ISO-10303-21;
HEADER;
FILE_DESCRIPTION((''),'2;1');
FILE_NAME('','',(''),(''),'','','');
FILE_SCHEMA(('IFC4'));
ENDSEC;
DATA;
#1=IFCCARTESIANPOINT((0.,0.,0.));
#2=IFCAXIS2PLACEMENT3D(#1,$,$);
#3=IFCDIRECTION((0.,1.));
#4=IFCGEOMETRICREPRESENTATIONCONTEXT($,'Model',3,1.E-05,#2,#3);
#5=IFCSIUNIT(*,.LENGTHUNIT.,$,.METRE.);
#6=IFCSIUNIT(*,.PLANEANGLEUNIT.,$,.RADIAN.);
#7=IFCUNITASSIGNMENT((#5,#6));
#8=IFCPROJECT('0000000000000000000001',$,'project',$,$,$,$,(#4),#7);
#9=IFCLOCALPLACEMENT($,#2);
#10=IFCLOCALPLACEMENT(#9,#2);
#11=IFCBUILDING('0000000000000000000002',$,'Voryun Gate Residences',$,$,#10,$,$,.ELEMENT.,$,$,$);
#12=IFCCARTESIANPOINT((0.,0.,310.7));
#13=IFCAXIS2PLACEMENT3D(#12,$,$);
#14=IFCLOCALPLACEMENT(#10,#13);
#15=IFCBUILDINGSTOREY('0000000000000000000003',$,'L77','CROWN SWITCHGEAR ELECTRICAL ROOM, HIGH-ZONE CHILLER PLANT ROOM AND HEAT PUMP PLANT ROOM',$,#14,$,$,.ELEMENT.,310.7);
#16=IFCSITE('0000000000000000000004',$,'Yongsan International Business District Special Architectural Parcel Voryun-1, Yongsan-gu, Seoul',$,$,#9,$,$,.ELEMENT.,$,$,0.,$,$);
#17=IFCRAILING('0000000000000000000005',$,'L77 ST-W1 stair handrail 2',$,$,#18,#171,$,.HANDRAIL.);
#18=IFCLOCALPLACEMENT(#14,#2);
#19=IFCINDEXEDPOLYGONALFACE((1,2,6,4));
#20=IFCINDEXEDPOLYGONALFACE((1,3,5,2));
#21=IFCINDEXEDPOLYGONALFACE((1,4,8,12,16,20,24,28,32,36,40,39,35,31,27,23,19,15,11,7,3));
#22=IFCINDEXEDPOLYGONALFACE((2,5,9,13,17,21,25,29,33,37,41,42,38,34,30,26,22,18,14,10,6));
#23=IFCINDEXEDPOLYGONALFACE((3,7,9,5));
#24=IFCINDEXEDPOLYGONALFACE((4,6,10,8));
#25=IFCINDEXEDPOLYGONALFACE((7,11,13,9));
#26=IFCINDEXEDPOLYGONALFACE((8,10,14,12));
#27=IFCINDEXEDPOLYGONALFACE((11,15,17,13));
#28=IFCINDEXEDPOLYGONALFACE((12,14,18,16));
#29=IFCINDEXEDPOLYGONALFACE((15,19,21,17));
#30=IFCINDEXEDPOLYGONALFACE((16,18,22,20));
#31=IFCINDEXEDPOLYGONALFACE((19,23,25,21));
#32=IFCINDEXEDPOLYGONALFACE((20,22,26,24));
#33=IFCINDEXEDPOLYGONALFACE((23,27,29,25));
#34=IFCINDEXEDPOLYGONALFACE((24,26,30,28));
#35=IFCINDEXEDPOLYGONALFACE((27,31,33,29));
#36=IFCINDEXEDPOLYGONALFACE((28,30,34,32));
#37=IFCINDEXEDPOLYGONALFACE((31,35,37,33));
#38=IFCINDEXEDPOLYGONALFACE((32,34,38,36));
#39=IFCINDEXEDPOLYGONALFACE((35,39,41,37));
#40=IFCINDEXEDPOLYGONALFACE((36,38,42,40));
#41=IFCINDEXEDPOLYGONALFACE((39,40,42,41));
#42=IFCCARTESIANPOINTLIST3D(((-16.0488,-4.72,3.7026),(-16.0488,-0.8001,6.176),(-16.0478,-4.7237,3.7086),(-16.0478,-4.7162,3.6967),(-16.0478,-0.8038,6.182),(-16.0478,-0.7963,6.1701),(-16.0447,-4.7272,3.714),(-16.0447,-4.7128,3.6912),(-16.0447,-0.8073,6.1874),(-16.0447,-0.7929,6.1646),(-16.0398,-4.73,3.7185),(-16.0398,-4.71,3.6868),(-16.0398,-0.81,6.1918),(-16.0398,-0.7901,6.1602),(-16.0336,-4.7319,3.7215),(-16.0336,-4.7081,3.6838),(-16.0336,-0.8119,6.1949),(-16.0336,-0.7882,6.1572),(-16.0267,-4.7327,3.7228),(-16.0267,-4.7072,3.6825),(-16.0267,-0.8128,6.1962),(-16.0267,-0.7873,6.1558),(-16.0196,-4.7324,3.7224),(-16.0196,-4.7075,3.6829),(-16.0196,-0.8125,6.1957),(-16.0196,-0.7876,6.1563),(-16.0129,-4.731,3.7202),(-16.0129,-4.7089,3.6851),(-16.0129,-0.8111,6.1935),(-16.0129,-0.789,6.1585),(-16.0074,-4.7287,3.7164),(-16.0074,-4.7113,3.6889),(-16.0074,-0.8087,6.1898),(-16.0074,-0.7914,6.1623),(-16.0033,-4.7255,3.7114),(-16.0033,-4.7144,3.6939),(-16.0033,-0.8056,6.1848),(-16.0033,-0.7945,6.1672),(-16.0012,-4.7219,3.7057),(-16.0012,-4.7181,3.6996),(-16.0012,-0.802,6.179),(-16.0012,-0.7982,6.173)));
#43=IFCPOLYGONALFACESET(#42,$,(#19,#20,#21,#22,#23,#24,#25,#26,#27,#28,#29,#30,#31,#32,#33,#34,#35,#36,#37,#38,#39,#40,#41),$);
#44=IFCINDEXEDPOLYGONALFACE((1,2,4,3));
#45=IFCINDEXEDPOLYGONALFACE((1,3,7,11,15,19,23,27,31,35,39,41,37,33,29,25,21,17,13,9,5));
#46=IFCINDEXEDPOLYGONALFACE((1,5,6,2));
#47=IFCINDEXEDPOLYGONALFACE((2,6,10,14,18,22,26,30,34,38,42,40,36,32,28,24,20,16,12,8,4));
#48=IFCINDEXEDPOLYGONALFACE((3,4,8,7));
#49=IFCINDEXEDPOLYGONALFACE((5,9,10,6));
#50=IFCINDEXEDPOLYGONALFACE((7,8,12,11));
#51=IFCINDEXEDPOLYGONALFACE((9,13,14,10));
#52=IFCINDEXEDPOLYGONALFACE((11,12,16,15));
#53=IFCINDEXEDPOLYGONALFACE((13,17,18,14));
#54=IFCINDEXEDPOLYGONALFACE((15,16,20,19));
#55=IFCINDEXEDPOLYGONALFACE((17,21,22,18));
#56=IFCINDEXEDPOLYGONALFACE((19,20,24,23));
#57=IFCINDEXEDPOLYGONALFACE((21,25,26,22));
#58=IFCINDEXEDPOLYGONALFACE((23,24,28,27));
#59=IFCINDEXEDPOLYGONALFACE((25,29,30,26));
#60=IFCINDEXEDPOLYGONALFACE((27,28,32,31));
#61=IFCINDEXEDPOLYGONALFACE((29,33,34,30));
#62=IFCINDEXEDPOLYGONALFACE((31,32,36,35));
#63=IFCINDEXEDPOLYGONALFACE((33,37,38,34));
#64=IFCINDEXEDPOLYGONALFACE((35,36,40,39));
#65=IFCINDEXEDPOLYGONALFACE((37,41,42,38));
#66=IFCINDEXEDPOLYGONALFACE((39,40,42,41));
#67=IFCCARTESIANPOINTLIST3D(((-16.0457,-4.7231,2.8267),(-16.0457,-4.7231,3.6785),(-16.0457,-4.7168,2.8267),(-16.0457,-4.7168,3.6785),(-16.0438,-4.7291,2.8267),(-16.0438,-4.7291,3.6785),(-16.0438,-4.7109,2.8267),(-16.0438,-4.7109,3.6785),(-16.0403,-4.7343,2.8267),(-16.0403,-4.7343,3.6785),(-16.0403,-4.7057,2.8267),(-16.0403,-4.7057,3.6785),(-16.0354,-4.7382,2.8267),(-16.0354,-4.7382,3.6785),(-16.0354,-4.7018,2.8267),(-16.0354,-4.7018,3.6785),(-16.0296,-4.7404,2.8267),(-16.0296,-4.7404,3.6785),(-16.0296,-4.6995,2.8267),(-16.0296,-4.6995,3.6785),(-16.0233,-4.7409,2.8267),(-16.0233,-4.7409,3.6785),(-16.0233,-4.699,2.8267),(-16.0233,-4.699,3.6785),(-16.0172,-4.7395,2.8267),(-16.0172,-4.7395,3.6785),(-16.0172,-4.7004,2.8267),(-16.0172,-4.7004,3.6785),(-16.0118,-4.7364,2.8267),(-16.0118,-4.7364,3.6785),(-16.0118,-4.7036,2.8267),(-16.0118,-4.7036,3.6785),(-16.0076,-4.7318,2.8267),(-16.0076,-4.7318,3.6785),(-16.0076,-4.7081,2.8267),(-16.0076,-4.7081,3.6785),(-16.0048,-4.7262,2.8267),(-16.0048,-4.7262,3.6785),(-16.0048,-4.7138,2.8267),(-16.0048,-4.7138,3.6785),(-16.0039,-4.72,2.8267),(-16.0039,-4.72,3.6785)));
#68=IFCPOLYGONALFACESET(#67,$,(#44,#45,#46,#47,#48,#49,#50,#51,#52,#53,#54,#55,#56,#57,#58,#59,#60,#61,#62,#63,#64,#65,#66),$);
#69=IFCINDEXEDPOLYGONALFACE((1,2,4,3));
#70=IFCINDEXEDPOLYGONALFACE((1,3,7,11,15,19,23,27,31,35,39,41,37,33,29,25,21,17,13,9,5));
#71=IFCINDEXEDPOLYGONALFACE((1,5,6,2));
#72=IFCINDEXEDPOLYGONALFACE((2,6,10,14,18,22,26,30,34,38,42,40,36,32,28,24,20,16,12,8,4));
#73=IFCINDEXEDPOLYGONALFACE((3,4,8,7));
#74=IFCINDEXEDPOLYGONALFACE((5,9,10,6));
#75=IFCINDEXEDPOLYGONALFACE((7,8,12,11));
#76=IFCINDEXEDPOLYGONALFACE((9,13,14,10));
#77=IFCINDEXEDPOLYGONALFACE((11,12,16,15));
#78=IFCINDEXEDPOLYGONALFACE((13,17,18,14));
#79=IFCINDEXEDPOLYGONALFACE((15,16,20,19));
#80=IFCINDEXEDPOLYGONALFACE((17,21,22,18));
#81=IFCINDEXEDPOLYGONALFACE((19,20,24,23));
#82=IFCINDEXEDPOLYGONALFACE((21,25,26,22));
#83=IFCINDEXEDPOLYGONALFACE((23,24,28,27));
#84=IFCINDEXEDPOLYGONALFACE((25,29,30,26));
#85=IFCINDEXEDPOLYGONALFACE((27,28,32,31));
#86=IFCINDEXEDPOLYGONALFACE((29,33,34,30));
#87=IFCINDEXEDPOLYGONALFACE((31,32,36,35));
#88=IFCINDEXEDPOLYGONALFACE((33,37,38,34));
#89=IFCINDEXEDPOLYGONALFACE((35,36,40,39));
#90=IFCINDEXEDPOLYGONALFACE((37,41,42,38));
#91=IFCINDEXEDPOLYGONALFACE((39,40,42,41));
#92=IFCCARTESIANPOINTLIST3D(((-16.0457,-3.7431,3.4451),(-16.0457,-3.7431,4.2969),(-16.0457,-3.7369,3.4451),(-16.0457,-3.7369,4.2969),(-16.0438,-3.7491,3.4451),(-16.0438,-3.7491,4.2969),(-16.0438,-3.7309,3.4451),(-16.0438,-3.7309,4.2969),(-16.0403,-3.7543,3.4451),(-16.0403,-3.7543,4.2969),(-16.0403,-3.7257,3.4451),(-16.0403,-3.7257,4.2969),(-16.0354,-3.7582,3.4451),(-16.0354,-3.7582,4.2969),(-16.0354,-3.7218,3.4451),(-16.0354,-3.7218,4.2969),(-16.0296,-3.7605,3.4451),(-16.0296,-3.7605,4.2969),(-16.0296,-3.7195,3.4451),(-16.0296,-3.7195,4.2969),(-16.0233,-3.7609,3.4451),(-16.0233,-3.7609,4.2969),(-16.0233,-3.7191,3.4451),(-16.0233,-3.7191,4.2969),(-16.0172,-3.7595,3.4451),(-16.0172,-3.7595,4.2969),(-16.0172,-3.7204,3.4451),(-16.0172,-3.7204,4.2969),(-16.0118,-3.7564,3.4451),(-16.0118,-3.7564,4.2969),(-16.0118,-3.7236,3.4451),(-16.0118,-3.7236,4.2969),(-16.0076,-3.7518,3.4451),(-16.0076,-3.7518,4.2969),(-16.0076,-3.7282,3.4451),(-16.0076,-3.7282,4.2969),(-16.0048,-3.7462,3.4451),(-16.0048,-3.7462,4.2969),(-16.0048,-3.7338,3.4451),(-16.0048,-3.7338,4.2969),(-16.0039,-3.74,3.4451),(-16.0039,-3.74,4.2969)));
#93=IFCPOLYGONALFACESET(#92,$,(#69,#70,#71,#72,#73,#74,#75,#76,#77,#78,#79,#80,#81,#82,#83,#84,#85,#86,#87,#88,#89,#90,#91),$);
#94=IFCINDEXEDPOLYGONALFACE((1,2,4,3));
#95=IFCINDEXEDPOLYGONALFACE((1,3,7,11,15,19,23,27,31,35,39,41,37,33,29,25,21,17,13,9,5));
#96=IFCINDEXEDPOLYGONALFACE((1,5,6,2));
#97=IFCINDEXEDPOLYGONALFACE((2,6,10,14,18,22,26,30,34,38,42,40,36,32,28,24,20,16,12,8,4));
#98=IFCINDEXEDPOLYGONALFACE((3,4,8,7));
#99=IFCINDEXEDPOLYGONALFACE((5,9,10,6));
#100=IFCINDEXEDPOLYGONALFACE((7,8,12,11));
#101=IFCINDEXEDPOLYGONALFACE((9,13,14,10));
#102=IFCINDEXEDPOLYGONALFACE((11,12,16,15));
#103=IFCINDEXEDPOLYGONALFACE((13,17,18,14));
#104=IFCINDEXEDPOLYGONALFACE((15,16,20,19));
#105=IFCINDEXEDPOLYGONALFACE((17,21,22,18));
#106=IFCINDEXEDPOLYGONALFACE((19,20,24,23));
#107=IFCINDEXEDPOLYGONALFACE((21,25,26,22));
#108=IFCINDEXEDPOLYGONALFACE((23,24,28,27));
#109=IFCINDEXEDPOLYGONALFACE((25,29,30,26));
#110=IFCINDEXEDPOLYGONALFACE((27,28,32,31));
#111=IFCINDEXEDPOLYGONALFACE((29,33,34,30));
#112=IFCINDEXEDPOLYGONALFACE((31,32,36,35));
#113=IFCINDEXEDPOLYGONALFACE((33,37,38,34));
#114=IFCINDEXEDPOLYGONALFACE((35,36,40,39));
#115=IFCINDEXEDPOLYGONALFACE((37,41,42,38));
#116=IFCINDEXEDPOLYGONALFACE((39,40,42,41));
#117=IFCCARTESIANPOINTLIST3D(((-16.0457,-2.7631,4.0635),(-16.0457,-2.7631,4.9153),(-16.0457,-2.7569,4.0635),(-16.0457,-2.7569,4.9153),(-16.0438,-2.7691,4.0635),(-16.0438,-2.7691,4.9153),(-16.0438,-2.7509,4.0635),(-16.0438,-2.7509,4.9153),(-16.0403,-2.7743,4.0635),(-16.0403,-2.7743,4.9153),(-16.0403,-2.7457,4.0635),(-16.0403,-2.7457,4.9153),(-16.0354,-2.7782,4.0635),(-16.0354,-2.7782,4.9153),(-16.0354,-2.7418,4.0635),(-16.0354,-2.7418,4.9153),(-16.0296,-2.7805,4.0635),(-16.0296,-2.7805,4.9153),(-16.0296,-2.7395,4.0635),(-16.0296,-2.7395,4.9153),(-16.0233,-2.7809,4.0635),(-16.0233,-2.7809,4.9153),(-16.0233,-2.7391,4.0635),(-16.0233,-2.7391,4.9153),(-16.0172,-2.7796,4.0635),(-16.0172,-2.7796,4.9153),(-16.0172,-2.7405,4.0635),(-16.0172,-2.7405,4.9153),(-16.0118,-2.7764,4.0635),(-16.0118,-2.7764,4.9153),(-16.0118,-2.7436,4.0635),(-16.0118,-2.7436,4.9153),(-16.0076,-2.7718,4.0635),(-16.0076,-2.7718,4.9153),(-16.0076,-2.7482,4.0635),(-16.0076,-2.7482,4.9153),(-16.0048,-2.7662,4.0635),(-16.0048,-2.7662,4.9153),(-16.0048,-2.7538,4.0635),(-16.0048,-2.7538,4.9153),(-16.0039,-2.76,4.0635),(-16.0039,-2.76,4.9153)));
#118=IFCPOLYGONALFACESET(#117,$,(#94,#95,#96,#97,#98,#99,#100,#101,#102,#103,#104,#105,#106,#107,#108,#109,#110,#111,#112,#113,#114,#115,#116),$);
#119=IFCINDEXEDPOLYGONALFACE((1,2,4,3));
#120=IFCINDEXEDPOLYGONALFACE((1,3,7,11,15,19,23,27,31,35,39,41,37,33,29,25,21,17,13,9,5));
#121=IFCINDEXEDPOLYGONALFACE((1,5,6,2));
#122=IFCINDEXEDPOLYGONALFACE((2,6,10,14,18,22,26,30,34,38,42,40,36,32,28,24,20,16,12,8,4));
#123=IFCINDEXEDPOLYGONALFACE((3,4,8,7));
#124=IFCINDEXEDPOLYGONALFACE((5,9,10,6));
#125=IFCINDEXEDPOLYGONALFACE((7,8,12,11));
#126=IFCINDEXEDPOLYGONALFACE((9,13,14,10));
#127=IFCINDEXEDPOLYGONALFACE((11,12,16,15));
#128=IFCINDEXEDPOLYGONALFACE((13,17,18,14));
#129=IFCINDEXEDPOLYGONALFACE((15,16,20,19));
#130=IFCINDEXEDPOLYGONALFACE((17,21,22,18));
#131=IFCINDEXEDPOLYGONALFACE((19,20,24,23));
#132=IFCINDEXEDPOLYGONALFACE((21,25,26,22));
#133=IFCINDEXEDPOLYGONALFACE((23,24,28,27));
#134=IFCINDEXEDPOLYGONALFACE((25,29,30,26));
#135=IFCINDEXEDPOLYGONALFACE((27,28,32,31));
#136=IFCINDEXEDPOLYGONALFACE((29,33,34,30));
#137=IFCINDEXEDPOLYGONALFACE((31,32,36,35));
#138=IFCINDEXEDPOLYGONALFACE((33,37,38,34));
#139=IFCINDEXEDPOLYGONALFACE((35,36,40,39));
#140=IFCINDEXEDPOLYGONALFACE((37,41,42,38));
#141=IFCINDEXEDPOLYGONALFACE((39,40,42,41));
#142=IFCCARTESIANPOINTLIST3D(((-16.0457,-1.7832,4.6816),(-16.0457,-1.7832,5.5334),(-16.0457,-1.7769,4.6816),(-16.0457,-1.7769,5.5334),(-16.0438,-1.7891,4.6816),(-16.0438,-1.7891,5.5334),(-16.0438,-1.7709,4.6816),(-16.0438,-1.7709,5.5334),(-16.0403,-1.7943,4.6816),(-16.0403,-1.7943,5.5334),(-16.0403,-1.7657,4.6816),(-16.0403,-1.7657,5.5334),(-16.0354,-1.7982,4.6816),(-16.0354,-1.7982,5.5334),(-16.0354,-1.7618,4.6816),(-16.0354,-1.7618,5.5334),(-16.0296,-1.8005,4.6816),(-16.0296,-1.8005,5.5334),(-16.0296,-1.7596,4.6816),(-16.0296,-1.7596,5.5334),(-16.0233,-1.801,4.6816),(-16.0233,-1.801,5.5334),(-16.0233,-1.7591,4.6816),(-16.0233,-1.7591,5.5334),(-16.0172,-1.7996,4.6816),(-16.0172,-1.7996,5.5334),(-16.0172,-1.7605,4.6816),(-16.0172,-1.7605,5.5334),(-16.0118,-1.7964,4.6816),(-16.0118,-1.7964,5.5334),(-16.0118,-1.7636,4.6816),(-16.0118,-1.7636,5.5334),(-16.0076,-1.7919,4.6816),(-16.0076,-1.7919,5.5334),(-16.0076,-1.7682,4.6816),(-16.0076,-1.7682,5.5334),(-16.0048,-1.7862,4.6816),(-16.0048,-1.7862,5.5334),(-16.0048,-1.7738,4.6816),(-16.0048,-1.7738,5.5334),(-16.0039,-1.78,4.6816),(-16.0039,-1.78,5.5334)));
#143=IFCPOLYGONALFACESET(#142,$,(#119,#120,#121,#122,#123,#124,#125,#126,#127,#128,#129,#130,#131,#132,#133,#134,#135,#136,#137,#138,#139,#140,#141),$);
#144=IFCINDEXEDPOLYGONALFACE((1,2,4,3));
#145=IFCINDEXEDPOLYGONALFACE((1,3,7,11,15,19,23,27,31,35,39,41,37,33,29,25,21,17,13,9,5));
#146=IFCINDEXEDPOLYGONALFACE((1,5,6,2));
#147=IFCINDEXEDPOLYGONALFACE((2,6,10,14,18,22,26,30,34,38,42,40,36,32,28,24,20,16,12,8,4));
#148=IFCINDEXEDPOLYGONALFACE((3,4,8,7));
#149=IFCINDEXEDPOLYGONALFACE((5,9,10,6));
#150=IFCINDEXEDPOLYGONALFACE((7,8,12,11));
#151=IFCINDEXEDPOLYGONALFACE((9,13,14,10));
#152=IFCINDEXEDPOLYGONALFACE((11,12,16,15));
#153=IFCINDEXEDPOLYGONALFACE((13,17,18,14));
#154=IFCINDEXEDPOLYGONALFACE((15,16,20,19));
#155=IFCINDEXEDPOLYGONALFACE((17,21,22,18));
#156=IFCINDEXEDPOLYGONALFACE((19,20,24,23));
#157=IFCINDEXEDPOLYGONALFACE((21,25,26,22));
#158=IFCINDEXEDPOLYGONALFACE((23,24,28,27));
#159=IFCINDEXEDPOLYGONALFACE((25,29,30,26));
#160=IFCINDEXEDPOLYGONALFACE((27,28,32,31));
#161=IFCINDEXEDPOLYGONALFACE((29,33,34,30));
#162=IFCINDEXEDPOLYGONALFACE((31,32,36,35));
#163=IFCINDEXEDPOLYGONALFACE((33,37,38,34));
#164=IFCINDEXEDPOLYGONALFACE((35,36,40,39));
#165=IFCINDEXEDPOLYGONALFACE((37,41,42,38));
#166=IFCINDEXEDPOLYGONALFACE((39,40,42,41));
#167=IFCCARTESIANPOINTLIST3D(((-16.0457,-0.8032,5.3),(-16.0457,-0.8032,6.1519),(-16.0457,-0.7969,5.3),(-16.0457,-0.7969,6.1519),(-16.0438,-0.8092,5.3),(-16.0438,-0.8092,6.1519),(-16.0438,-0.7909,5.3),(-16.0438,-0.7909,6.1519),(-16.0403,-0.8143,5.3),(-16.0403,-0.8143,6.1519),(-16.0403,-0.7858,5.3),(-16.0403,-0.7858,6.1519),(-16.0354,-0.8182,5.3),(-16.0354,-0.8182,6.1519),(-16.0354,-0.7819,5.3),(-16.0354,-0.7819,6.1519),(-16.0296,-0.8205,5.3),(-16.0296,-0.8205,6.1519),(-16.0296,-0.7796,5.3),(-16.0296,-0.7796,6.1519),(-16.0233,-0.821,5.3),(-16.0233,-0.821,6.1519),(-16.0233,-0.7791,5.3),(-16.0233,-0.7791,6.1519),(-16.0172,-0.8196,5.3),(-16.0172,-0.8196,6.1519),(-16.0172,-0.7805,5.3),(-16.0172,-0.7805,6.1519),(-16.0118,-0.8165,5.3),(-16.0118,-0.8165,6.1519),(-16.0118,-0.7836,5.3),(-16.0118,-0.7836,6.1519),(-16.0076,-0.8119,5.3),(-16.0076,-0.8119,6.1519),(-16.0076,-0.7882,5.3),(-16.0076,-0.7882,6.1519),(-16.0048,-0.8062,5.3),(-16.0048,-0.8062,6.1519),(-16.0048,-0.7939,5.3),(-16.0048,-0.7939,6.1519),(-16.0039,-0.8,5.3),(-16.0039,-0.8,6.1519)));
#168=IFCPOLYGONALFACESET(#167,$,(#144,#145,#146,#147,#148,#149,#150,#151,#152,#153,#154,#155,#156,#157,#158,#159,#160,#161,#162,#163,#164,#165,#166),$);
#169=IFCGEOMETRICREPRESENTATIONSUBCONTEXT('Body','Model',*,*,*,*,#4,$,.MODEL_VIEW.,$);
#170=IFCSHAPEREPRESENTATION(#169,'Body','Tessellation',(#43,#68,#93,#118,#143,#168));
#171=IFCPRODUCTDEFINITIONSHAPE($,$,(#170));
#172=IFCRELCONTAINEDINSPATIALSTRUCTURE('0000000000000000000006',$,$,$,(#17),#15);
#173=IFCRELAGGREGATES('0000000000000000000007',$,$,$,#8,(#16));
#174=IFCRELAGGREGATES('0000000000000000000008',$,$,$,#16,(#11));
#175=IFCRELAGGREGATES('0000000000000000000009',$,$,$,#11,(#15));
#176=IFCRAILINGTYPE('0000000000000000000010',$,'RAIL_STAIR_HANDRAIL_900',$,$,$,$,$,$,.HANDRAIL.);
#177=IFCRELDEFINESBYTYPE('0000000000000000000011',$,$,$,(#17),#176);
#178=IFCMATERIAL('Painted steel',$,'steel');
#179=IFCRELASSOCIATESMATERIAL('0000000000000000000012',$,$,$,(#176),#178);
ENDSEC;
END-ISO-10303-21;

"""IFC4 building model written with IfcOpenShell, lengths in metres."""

from ifc_helpers import new_model, si_unit, direction, frame, origin, origin_2d, place, context, subcontext, project, spatial, circle, extrude, material, type_object, element, save


model = new_model("IFC4")

# Units and contexts
model_context = context("Model", 3, precision=1e-05, world=origin(), true_north=direction((0.0, 1.0)))
body_context = subcontext(model_context, "Body", "Model", "MODEL_VIEW")
ifc_project = project(units=[si_unit("LENGTHUNIT", "METRE"), si_unit("PLANEANGLEUNIT", "RADIAN")], contexts=[model_context])

# Site, building, storey
site_placement = place(None, origin())
site = spatial("IfcSite", under=ifc_project, at=site_placement, Name="Yongsan International Business District Special Architectural Parcel Voryun-1, Yongsan-gu, Seoul", CompositionType="ELEMENT", RefElevation=0.0)
building_placement = place(site_placement, origin())
building = spatial("IfcBuilding", under=site, at=building_placement, Name="Voryun Gate Residences", CompositionType="ELEMENT")
storey_placement = place(building_placement, frame((0.0, 0.0, 310.7)))
storey = spatial("IfcBuildingStorey", under=building, at=storey_placement, Name="L77", Description="CROWN SWITCHGEAR ELECTRICAL ROOM, HIGH-ZONE CHILLER PLANT ROOM AND HEAT PUMP PLANT ROOM", CompositionType="ELEMENT", Elevation=310.7)

# Railing
ifc_material_1 = material(Name="Painted steel", Category="steel")
railing_type_1 = type_object("IfcRailingType", Name="RAIL_STAIR_HANDRAIL_900", PredefinedType="HANDRAIL", material=ifc_material_1)
railing_1_placement = place(storey_placement, frame((-16.0249, -4.72, 2.8267)))
element("IfcRailing", 1, at=railing_1_placement, inside=storey, type_object=railing_type_1, Name="L77 ST-W1 stair handrail 2", PredefinedType="HANDRAIL", context=body_context, shape_type="SweptSolid", body=[
    extrude(circle(Radius=0.0239, at=origin_2d()), frame((0.0, 0.0, 0.876), z_axis=(0.0, 0.845718, 0.53363), x_axis=(-1.0, 0.0, 0.0)), (0.0, 0.0, 1.0), 4.635),
    extrude(circle(Radius=0.021, at=origin_2d()), origin(), (0.0, 0.0, 1.0), 0.8518),
    extrude(circle(Radius=0.021, at=origin_2d()), frame((0.0, 0.98, 0.6184)), (0.0, 0.0, 1.0), 0.8518),
    extrude(circle(Radius=0.021, at=origin_2d()), frame((0.0, 1.96, 1.2368)), (0.0, 0.0, 1.0), 0.8518),
    extrude(circle(Radius=0.021, at=origin_2d()), frame((0.0, 2.9399, 1.855)), (0.0, 0.0, 1.0), 0.8518),
    extrude(circle(Radius=0.021, at=origin_2d()), frame((0.0, 3.9199, 2.4734)), (0.0, 0.0, 1.0), 0.8518),
])

save(model, "model.ifc")
